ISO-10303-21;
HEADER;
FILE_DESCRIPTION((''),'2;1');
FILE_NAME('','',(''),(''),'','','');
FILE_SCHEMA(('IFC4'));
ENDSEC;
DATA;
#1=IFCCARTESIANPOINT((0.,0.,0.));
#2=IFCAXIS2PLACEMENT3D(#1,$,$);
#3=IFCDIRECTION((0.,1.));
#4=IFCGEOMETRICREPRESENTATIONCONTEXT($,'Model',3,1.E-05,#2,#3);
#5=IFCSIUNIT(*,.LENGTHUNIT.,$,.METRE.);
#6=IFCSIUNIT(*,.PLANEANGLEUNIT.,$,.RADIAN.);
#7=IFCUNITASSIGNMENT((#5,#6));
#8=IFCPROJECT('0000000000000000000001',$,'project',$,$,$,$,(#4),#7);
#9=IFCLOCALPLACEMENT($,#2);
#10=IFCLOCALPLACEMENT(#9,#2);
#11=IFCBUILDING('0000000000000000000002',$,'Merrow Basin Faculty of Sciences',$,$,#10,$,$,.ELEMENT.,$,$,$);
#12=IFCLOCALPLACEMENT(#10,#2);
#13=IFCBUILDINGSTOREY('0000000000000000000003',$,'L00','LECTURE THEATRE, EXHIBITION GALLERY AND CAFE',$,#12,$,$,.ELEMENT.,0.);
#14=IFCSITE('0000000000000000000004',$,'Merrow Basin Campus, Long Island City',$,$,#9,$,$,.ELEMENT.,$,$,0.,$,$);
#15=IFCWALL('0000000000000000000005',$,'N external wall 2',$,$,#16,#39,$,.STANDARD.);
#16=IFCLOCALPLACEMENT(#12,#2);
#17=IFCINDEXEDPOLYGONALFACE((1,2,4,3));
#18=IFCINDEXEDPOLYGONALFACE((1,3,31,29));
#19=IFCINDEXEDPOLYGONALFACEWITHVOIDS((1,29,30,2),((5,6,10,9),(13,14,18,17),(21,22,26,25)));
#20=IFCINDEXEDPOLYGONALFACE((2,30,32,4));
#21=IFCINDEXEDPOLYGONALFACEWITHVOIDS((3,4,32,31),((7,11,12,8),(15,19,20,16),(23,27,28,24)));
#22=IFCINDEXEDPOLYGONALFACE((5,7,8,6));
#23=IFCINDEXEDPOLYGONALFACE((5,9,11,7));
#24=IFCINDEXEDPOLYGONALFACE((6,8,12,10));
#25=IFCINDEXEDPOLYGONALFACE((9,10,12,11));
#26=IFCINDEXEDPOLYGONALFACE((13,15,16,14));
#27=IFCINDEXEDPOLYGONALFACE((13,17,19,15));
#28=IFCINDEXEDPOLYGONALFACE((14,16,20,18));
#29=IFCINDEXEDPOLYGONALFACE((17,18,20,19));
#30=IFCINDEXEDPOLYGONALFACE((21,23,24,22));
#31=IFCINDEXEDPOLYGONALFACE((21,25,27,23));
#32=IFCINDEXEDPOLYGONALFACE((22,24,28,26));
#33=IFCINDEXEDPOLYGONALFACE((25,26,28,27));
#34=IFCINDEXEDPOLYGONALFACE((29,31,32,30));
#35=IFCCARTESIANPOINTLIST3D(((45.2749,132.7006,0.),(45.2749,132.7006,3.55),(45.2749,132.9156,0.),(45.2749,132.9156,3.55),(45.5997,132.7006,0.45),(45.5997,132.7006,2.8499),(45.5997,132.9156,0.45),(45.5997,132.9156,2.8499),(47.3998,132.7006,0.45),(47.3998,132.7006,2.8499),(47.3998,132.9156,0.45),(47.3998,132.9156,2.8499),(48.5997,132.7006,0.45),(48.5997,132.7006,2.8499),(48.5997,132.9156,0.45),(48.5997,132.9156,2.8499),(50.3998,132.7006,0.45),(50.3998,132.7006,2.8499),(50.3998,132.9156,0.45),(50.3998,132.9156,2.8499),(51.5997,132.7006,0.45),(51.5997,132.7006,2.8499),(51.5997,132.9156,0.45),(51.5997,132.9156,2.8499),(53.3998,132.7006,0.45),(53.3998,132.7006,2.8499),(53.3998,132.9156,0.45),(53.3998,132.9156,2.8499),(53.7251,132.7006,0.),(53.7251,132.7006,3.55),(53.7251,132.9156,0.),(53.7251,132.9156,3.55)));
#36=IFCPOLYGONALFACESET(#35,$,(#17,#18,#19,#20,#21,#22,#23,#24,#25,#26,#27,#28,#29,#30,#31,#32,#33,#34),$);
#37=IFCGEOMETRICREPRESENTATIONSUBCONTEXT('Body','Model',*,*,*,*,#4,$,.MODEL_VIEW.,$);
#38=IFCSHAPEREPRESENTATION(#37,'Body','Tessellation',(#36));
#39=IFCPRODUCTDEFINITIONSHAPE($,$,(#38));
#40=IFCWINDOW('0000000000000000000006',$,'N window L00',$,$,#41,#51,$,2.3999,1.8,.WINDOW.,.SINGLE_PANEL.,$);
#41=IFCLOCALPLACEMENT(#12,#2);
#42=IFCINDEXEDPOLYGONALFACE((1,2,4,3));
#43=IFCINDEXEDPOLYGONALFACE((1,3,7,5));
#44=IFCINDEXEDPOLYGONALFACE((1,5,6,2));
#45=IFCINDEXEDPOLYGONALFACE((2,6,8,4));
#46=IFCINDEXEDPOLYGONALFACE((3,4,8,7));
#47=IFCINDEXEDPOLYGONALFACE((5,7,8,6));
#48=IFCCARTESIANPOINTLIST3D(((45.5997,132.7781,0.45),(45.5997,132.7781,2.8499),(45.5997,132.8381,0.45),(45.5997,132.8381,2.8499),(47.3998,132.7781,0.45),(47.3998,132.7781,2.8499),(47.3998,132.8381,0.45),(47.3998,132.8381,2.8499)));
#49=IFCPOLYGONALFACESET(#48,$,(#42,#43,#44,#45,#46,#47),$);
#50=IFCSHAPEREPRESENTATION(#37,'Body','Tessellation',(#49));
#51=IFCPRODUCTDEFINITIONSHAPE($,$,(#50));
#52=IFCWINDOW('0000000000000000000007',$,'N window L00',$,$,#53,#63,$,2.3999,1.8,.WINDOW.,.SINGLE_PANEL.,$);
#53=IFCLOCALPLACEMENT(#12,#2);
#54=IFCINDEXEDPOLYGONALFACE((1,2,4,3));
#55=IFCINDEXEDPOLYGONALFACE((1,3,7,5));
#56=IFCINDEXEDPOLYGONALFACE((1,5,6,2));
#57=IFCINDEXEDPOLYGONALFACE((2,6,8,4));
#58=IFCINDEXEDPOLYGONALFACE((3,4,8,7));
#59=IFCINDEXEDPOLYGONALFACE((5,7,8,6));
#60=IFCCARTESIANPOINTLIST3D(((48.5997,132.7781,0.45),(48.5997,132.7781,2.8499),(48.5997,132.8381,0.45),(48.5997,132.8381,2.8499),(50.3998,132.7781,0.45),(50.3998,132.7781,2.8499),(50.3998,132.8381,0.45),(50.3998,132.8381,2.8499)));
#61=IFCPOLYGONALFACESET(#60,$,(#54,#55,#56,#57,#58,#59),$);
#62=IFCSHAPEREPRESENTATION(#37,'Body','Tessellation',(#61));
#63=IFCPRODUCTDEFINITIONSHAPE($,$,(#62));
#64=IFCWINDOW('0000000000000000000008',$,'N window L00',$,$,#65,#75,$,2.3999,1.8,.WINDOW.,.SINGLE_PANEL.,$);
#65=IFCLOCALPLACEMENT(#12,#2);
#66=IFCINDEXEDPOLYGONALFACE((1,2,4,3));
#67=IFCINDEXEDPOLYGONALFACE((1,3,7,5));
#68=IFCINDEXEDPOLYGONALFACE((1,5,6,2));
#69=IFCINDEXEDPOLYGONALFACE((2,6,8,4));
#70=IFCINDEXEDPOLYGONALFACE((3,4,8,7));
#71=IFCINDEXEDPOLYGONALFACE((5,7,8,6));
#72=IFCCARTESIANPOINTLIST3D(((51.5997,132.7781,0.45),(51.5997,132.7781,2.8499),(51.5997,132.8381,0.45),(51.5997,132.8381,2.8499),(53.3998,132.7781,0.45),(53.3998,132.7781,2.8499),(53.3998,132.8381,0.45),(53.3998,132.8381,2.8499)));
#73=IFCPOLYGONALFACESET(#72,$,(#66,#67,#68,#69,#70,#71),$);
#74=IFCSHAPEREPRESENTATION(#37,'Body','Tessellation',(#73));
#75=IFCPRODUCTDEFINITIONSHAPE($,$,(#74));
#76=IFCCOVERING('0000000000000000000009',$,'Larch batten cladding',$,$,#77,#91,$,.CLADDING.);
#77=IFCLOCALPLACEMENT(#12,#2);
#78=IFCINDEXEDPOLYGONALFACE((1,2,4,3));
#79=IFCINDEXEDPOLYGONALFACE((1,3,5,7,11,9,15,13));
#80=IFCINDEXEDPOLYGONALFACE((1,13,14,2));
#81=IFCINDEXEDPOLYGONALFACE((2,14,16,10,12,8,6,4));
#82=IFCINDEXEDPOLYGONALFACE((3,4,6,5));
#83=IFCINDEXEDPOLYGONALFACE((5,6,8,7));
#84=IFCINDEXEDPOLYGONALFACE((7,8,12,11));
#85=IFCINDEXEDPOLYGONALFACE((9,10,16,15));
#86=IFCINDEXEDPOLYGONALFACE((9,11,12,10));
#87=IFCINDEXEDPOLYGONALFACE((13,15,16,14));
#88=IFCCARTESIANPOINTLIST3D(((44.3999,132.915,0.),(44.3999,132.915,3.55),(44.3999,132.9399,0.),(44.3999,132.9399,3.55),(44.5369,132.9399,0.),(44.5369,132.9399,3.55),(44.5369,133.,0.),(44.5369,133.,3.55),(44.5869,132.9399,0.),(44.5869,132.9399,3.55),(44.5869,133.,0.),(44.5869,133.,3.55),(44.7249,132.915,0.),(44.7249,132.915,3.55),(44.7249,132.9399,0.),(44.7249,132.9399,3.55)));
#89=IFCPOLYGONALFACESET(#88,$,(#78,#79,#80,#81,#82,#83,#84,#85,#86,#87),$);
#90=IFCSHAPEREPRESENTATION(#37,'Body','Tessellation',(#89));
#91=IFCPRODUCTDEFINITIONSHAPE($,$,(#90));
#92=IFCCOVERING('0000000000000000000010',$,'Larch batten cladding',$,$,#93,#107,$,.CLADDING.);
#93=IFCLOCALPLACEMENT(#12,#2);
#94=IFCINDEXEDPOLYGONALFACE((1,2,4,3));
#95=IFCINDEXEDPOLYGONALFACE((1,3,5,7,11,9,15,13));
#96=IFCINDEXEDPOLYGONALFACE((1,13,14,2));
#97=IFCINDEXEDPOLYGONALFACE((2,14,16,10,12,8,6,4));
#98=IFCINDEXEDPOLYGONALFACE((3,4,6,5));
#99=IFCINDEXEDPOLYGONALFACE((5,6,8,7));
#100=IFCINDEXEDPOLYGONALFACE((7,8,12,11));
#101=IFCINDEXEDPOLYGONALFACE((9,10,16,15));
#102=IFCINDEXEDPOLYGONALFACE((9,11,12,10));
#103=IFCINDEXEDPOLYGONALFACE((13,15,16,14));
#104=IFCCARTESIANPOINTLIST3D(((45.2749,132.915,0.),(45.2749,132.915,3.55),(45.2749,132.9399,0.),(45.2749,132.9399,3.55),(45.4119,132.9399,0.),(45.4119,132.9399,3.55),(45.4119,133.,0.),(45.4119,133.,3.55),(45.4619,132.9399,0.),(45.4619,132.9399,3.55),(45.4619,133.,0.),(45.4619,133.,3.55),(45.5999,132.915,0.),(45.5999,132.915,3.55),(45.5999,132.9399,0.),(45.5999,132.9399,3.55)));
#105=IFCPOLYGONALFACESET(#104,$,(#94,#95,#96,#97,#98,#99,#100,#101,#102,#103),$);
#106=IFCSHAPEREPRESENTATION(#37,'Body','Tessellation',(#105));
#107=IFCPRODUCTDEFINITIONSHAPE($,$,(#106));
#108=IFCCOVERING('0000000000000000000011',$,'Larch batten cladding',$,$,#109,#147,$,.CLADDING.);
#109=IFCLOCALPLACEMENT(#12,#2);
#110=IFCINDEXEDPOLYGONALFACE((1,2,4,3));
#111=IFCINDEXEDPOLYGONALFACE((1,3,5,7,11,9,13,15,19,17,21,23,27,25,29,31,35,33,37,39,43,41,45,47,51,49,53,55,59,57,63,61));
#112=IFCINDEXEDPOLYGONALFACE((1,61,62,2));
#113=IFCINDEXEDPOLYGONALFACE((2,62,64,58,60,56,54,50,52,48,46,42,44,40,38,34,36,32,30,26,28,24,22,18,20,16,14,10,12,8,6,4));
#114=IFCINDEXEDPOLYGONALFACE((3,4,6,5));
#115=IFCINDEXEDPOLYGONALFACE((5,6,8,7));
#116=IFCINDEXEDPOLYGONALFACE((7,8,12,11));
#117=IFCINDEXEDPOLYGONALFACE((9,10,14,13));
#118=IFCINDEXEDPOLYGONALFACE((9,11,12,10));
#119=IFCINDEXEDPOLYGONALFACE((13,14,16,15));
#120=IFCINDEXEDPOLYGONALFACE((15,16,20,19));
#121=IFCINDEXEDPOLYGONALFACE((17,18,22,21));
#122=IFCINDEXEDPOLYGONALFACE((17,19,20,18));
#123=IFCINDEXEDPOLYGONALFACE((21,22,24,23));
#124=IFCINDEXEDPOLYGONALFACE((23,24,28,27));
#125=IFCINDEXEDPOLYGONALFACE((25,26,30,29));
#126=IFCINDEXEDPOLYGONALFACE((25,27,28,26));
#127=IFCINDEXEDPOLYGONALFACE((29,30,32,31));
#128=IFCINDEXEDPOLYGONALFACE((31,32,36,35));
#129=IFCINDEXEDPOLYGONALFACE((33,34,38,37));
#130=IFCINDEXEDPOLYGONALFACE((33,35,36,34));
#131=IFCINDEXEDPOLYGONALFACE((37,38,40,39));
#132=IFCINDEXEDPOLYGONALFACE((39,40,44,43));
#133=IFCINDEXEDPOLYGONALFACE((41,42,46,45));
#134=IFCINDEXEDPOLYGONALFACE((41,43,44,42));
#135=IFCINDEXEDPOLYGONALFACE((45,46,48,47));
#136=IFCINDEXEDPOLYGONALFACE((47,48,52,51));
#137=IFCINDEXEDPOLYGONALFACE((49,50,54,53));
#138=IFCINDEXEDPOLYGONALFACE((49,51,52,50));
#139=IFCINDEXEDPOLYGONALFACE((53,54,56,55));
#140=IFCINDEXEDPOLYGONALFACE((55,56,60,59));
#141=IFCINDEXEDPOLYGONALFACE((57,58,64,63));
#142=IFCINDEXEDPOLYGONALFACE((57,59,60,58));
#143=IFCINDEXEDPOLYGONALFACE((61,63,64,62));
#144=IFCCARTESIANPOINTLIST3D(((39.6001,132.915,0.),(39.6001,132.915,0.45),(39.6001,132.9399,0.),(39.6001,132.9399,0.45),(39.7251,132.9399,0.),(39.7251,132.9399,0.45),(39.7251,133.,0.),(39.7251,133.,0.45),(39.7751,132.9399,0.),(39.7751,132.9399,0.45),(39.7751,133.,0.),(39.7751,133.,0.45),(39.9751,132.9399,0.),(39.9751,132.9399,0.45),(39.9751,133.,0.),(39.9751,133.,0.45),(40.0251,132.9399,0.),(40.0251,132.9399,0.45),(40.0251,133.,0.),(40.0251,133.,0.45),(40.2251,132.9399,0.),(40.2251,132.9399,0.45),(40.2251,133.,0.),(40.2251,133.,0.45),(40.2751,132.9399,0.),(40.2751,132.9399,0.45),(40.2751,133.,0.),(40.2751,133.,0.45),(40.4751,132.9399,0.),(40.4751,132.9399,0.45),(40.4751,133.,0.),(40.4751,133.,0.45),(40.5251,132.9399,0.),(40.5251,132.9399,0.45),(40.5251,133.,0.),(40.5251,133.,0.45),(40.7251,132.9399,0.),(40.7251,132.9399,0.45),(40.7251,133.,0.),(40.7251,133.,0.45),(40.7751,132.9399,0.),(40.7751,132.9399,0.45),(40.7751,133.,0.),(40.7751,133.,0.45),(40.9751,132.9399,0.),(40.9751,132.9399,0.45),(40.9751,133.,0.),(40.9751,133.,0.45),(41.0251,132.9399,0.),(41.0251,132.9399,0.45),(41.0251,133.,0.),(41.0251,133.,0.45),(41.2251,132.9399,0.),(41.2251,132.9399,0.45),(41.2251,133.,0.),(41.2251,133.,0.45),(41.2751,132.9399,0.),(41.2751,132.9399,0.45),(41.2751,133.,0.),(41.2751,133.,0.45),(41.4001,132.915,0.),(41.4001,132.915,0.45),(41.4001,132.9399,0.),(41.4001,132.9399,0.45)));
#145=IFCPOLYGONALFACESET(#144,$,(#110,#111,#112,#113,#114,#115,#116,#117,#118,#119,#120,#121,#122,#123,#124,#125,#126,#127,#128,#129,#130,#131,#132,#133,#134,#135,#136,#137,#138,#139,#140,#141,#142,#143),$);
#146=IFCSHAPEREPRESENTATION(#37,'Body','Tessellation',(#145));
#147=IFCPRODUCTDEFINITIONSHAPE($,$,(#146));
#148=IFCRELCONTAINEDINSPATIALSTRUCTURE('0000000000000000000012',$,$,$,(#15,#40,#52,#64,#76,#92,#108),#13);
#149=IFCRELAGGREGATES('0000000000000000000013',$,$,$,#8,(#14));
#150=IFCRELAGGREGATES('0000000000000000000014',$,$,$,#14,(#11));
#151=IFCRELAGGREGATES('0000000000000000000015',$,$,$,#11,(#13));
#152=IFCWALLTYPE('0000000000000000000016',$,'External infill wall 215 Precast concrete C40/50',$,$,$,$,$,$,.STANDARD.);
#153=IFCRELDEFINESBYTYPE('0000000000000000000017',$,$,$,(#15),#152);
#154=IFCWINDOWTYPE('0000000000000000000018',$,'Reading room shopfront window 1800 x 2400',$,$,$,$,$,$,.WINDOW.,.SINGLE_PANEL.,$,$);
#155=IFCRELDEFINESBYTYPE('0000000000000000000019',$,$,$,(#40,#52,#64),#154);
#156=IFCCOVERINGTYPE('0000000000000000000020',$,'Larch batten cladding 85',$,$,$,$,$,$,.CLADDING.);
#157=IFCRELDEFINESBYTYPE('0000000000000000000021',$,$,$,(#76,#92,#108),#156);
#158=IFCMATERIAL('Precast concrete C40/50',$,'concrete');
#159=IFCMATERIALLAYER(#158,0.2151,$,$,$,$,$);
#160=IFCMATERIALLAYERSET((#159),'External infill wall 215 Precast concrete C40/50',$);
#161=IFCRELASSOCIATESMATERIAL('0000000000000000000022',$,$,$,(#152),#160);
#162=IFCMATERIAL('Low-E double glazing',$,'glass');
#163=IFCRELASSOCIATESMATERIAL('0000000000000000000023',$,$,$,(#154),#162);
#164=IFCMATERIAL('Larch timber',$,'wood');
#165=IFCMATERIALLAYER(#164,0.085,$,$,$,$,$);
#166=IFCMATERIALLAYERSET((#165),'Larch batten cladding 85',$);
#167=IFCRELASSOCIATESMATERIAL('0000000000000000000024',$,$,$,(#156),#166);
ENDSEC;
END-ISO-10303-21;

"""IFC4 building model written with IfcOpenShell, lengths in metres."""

from ifc_helpers import new_model, si_unit, direction, frame, frame_2d, origin, place, context, subcontext, project, spatial, polyline, rectangle, outline, extrude, source, transform, mapped, material, layer, layer_set, type_object, element, fill, save


model = new_model("IFC4")

# Units and contexts
model_context = context("Model", 3, precision=1e-05, world=origin(), true_north=direction((0.0, 1.0)))
body_context = subcontext(model_context, "Body", "Model", "MODEL_VIEW")
ifc_project = project(units=[si_unit("LENGTHUNIT", "METRE"), si_unit("PLANEANGLEUNIT", "RADIAN")], contexts=[model_context])

# Site, building, storey
site_placement = place(None, origin())
site = spatial("IfcSite", under=ifc_project, at=site_placement, Name="Merrow Basin Campus, Long Island City", CompositionType="ELEMENT", RefElevation=0.0)
building_placement = place(site_placement, origin())
building = spatial("IfcBuilding", under=site, at=building_placement, Name="Merrow Basin Faculty of Sciences", CompositionType="ELEMENT")
storey_placement = place(building_placement, origin())
storey = spatial("IfcBuildingStorey", under=building, at=storey_placement, Name="L00", Description="LECTURE THEATRE, EXHIBITION GALLERY AND CAFE", CompositionType="ELEMENT", Elevation=0.0)

# Wall, openings, windows
ifc_material_1 = material(Name="Precast concrete C40/50", Category="concrete")
ifc_layer_1 = layer(ifc_material_1, 0.2151)
ifc_layer_set_1 = layer_set([ifc_layer_1], Name="External infill wall 215 Precast concrete C40/50")
wall_type = type_object("IfcWallType", Name="External infill wall 215 Precast concrete C40/50", PredefinedType="STANDARD", material=ifc_layer_set_1)
wall_placement = place(storey_placement, frame((45.2749, 132.8081, 0.0), z_axis=(0.0, 0.0, 1.0), x_axis=(1.0, 0.0, 0.0)))
wall = element("IfcWall", 1, at=wall_placement, inside=storey, type_object=wall_type, Name="N external wall 2", PredefinedType="STANDARD", context=body_context, shape_type="SweptSolid", body=[
    extrude(rectangle(XDim=8.4502, YDim=0.2151, at=frame_2d((4.2251, 0.0))), origin(), (0.0, 0.0, 1.0), 3.55),
])
opening_1_placement = place(wall_placement, frame((0.325, 0.0, 0.45)))
opening_1 = element("IfcOpeningElement", 2, at=opening_1_placement, cuts=wall, PredefinedType="OPENING", context=body_context, shape_type="SweptSolid", body=[
    extrude(rectangle(XDim=1.8, YDim=2.3999, at=frame_2d((0.8999, 1.2))), frame((0.0, 0.1174, 0.0), z_axis=(0.0, -1.0, 0.0), x_axis=(1.0, 0.0, 0.0)), (0.0, 0.0, 1.0), 0.2351),
])
opening_2_placement = place(wall_placement, frame((3.325, 0.0, 0.45)))
opening_2 = element("IfcOpeningElement", 3, at=opening_2_placement, cuts=wall, PredefinedType="OPENING", context=body_context, shape_type="SweptSolid", body=[
    extrude(rectangle(XDim=1.8, YDim=2.3999, at=frame_2d((0.8999, 1.2))), frame((0.0, 0.1174, 0.0), z_axis=(0.0, -1.0, 0.0), x_axis=(1.0, 0.0, 0.0)), (0.0, 0.0, 1.0), 0.2351),
])
opening_3_placement = place(wall_placement, frame((6.325, 0.0, 0.45)))
opening_3 = element("IfcOpeningElement", 4, at=opening_3_placement, cuts=wall, PredefinedType="OPENING", context=body_context, shape_type="SweptSolid", body=[
    extrude(rectangle(XDim=1.8, YDim=2.3999, at=frame_2d((0.8999, 1.2))), frame((0.0, 0.1174, 0.0), z_axis=(0.0, -1.0, 0.0), x_axis=(1.0, 0.0, 0.0)), (0.0, 0.0, 1.0), 0.2351),
])
ifc_material_2 = material(Name="Low-E double glazing", Category="glass")
window_type = type_object("IfcWindowType", Name="Reading room shopfront window 1800 x 2400", PartitioningType="SINGLE_PANEL", PredefinedType="WINDOW", material=ifc_material_2)
window_1_placement = place(opening_1_placement, origin())
window_1 = element("IfcWindow", 5, at=window_1_placement, inside=storey, type_object=window_type, Name="N window L00", OverallHeight=2.3999, OverallWidth=1.8, PartitioningType="SINGLE_PANEL", PredefinedType="WINDOW", context=body_context, shape_type="SweptSolid", body=[
    extrude(rectangle(XDim=1.8, YDim=2.3999, at=frame_2d((0.8999, 1.2))), frame((0.0, 0.03, 0.0), z_axis=(0.0, -1.0, 0.0), x_axis=(1.0, 0.0, 0.0)), (0.0, 0.0, 1.0), 0.0601),
])
fill(opening_1, window_1)
window_2_placement = place(opening_2_placement, origin())
window_2 = element("IfcWindow", 6, at=window_2_placement, inside=storey, type_object=window_type, Name="N window L00", OverallHeight=2.3999, OverallWidth=1.8, PartitioningType="SINGLE_PANEL", PredefinedType="WINDOW", context=body_context, shape_type="SweptSolid", body=[
    extrude(rectangle(XDim=1.8, YDim=2.3999, at=frame_2d((0.8999, 1.2))), frame((0.0, 0.03, 0.0), z_axis=(0.0, -1.0, 0.0), x_axis=(1.0, 0.0, 0.0)), (0.0, 0.0, 1.0), 0.0601),
])
fill(opening_2, window_2)
window_3_placement = place(opening_3_placement, origin())
window_3 = element("IfcWindow", 7, at=window_3_placement, inside=storey, type_object=window_type, Name="N window L00", OverallHeight=2.3999, OverallWidth=1.8, PartitioningType="SINGLE_PANEL", PredefinedType="WINDOW", context=body_context, shape_type="SweptSolid", body=[
    extrude(rectangle(XDim=1.8, YDim=2.3999, at=frame_2d((0.8999, 1.2))), frame((0.0, 0.03, 0.0), z_axis=(0.0, -1.0, 0.0), x_axis=(1.0, 0.0, 0.0)), (0.0, 0.0, 1.0), 0.0601),
])
fill(opening_3, window_3)

# Coverings
ifc_material_3 = material(Name="Larch timber", Category="wood")
ifc_layer_2 = layer(ifc_material_3, 0.085)
ifc_layer_set_2 = layer_set([ifc_layer_2], Name="Larch batten cladding 85")
covering_type = type_object("IfcCoveringType", Name="Larch batten cladding 85", PredefinedType="CLADDING", material=ifc_layer_set_2)
shared_shape_1 = source(origin(), body_context, "Body", "SweptSolid", [
    extrude(outline(polyline([(0.0, 0.0), (0.325, 0.0), (0.325, 0.0249), (0.187, 0.0249), (0.187, 0.085), (0.137, 0.085), (0.137, 0.0249), (0.0, 0.0249), (0.0, 0.0)])), origin(), (0.0, 0.0, 1.0), 3.55),
])
for number, where, z_axis, x_axis, name in (
    (8, (44.3999, 132.915, 0.0), (0.0, 0.0, 1.0), (1.0, 0.0, 0.0), "Larch batten cladding"),
    (9, (45.2749, 132.915, 0.0), (0.0, 0.0, 1.0), (1.0, 0.0, 0.0), "Larch batten cladding"),
):
    element("IfcCovering", number, at=place(storey_placement, frame(where, z_axis=z_axis, x_axis=x_axis)), inside=storey, type_object=covering_type, Name=name, PredefinedType="CLADDING", context=body_context, shape_type="MappedRepresentation", body=[
        mapped(shared_shape_1, transform((0.0, 0.0, 0.0), scale=1.0)),
    ])
shared_shape_2 = source(origin(), body_context, "Body", "SweptSolid", [
    extrude(outline(polyline([(0.0, 0.0), (1.8, 0.0), (1.8, 0.0249), (1.675, 0.0249), (1.675, 0.085), (1.625, 0.085), (1.625, 0.0249), (1.425, 0.0249), (1.425, 0.085), (1.375, 0.085), (1.375, 0.0249), (1.175, 0.0249), (1.175, 0.085), (1.125, 0.085), (1.125, 0.0249), (0.925, 0.0249), (0.925, 0.085), (0.875, 0.085), (0.875, 0.0249), (0.675, 0.0249), (0.675, 0.085), (0.625, 0.085), (0.625, 0.0249), (0.425, 0.0249), (0.425, 0.085), (0.375, 0.085), (0.375, 0.0249), (0.175, 0.0249), (0.175, 0.085), (0.125, 0.085), (0.125, 0.0249), (0.0, 0.0249), (0.0, 0.0)])), origin(), (0.0, 0.0, 1.0), 0.45),
])
for number, where, z_axis, x_axis, name in (
    (10, (39.6001, 132.915, 0.0), (0.0, 0.0, 1.0), (1.0, 0.0, 0.0), "Larch batten cladding"),
):
    element("IfcCovering", number, at=place(storey_placement, frame(where, z_axis=z_axis, x_axis=x_axis)), inside=storey, type_object=covering_type, Name=name, PredefinedType="CLADDING", context=body_context, shape_type="MappedRepresentation", body=[
        mapped(shared_shape_2, transform((0.0, 0.0, 0.0), scale=1.0)),
    ])

save(model, "model.ifc")
